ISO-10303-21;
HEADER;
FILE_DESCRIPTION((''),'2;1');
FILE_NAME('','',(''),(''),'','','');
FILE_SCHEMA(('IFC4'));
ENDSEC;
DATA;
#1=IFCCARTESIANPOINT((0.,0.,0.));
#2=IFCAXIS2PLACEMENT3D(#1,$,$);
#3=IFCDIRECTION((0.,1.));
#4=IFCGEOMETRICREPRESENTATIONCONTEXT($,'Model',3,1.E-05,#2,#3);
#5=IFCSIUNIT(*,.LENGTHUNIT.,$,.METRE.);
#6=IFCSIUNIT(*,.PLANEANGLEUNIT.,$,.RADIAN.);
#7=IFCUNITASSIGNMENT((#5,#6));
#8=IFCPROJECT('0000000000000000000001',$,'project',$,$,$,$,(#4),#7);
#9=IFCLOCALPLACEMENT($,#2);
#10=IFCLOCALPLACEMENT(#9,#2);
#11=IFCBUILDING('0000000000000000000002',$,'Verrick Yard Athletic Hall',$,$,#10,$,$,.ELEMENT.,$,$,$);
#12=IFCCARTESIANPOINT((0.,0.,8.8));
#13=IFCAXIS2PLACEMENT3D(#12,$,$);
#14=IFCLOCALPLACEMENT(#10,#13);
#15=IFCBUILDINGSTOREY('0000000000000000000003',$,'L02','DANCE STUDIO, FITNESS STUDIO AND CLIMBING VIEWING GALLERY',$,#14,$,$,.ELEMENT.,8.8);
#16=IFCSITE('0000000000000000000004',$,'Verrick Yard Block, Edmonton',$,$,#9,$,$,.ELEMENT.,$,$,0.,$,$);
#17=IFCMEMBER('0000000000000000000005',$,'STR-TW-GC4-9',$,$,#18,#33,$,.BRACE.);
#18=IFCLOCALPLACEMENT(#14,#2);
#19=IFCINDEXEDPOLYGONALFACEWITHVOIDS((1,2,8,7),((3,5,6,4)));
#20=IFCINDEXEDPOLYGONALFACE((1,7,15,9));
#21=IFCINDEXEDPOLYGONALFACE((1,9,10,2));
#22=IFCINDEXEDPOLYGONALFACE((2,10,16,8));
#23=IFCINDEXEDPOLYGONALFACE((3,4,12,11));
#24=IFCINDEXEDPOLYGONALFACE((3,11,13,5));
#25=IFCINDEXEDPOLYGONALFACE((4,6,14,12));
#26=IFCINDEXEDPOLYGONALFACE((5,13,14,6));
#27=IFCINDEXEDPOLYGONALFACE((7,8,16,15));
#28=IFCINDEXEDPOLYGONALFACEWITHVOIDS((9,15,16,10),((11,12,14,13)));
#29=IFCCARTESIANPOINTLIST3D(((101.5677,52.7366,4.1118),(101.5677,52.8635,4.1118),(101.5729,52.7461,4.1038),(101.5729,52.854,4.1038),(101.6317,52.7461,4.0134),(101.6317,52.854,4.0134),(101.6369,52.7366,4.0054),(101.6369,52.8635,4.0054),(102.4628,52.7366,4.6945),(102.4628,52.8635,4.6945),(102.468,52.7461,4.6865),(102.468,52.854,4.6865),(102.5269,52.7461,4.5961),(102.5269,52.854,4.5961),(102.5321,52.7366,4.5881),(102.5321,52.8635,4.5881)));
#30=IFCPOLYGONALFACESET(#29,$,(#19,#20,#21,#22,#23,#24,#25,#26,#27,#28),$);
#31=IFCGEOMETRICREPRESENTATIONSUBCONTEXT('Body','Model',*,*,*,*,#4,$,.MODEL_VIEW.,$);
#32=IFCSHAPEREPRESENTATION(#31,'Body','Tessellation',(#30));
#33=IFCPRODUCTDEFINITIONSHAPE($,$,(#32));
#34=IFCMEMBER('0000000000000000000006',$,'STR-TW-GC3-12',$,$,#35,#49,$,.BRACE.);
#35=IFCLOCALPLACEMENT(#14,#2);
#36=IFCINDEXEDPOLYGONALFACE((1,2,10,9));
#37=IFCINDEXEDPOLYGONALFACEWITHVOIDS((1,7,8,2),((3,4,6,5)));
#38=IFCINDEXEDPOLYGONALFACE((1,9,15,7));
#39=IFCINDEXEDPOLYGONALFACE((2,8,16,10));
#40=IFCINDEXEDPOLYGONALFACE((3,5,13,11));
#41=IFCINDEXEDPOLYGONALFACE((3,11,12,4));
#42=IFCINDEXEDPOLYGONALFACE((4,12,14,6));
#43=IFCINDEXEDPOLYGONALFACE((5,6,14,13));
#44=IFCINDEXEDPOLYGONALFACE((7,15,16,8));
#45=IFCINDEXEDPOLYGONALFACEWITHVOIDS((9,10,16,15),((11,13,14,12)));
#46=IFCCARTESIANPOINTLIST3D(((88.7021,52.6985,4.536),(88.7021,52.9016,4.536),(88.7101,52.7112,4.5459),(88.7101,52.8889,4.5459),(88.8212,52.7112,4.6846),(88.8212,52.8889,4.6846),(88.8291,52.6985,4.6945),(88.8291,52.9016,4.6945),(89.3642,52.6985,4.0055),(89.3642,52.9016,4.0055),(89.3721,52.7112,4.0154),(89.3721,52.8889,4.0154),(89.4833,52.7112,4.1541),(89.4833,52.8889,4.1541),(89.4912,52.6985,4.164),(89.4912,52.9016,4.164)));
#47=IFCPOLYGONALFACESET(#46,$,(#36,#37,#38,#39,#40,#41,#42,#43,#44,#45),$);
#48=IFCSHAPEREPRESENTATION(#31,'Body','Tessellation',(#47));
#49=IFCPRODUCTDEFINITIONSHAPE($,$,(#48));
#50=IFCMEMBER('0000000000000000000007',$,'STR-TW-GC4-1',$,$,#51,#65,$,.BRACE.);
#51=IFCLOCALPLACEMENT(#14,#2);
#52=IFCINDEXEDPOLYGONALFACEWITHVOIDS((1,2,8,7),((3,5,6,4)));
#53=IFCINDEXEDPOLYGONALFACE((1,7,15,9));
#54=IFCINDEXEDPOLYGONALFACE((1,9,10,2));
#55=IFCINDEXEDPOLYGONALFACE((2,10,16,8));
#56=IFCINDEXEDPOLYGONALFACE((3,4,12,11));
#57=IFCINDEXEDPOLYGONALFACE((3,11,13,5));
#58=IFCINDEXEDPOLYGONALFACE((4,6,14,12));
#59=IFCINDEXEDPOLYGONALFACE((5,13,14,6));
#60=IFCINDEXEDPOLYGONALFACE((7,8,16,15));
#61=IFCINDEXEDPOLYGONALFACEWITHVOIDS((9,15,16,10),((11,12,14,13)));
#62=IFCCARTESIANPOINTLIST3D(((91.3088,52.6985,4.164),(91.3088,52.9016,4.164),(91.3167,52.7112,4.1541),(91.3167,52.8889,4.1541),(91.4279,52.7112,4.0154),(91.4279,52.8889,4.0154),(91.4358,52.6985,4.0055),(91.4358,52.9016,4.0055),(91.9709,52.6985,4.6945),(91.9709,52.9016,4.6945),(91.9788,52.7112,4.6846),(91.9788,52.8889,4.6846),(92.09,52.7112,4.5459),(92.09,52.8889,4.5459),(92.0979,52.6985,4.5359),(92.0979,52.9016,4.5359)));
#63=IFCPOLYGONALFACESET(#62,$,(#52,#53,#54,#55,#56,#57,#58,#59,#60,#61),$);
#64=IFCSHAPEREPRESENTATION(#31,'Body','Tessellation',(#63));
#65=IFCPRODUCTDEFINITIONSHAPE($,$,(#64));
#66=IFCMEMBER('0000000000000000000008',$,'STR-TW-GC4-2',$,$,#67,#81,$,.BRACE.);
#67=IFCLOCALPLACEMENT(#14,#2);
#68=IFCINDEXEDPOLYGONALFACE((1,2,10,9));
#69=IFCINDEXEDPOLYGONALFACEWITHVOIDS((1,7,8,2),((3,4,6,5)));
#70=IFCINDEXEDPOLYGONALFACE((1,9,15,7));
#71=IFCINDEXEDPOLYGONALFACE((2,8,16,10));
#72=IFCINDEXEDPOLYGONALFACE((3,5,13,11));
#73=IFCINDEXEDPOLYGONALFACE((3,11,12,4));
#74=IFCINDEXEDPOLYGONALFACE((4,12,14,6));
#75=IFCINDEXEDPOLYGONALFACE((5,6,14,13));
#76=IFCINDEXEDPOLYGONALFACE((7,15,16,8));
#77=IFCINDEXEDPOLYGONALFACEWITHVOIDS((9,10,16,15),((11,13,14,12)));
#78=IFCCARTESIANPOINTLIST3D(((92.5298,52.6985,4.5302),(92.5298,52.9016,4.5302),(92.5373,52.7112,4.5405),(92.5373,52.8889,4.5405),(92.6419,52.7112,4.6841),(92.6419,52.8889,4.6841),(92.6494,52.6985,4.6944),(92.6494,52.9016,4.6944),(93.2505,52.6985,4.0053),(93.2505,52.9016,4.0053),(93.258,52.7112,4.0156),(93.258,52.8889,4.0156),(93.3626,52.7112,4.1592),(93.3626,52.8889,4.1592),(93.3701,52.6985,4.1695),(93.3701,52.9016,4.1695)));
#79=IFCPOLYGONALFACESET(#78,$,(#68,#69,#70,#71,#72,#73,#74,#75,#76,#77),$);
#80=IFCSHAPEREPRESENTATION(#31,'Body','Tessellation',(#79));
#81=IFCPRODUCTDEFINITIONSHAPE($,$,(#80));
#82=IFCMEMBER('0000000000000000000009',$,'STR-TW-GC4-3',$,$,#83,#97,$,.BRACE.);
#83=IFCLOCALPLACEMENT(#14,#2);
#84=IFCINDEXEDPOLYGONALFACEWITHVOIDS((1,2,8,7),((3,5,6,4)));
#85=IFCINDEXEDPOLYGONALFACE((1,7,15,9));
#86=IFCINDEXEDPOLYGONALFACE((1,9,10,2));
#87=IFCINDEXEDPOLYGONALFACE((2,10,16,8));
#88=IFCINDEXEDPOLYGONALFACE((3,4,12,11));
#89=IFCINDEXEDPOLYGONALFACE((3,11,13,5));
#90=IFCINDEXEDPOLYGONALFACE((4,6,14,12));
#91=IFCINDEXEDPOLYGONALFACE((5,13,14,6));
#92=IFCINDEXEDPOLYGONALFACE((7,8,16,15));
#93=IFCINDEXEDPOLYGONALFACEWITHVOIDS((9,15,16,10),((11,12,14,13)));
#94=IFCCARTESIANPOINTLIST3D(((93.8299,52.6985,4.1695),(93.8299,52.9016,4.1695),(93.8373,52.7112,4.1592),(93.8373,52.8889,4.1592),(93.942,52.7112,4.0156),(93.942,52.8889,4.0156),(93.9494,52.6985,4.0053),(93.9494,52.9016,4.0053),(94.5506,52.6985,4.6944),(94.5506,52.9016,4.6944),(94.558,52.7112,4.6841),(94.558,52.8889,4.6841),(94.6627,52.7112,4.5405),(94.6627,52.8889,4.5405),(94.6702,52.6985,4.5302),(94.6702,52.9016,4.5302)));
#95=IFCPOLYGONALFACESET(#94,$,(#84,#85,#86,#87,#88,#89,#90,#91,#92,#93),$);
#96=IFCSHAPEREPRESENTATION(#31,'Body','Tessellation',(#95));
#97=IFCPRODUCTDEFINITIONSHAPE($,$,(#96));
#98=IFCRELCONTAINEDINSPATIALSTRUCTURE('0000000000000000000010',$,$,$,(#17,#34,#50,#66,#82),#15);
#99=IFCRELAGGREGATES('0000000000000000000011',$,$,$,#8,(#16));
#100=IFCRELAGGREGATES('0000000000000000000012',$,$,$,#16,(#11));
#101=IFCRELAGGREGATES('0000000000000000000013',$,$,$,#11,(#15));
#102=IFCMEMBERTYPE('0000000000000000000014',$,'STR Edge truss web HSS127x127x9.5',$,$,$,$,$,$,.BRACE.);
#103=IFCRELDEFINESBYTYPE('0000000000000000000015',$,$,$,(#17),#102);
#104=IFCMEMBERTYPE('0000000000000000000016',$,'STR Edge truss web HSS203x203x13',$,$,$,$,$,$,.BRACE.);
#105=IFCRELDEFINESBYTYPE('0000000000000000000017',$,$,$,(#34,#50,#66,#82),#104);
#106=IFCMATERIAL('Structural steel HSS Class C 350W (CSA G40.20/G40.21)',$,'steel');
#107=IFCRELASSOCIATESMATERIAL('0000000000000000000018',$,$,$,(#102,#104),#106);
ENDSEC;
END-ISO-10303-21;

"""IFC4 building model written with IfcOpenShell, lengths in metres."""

from ifc_helpers import new_model, si_unit, direction, frame, origin, origin_2d, place, context, subcontext, project, spatial, hollow_rectangle, extrude, material, material_profile, profile_set, type_object, element, save


model = new_model("IFC4")

# Units and contexts
model_context = context("Model", 3, precision=1e-05, world=origin(), true_north=direction((0.0, 1.0)))
body_context = subcontext(model_context, "Body", "Model", "MODEL_VIEW")
ifc_project = project(units=[si_unit("LENGTHUNIT", "METRE"), si_unit("PLANEANGLEUNIT", "RADIAN")], contexts=[model_context])

# Site, building, storey
site_placement = place(None, origin())
site = spatial("IfcSite", under=ifc_project, at=site_placement, Name="Verrick Yard Block, Edmonton", CompositionType="ELEMENT", RefElevation=0.0)
building_placement = place(site_placement, origin())
building = spatial("IfcBuilding", under=site, at=building_placement, Name="Verrick Yard Athletic Hall", CompositionType="ELEMENT")
storey_placement = place(building_placement, frame((0.0, 0.0, 8.8)))
storey = spatial("IfcBuildingStorey", under=building, at=storey_placement, Name="L02", Description="DANCE STUDIO, FITNESS STUDIO AND CLIMBING VIEWING GALLERY", CompositionType="ELEMENT", Elevation=8.8)

# Members
ifc_material_1 = material(Name="Structural steel HSS Class C 350W (CSA G40.20/G40.21)", Category="steel")
ifc_material_profile_1 = material_profile(ifc_material_1, hollow_rectangle(XDim=0.127, YDim=0.127, WallThickness=0.0095, at=origin_2d()), Name="HSS127x127x9.5")
ifc_profile_set_1 = profile_set([ifc_material_profile_1], Name="Structural steel HSS Class C 350W (CSA G40.20/G40.21)")
member_type_1 = type_object("IfcMemberType", Name="STR Edge truss web HSS127x127x9.5", PredefinedType="BRACE", material=ifc_profile_set_1)
member_1_placement = place(storey_placement, frame((101.6023, 52.8, 4.0586), z_axis=(0.838083, 0.0, 0.545543), x_axis=(0.0, 1.0, 0.0)))
element("IfcMember", 1, at=member_1_placement, inside=storey, type_object=member_type_1, Name="STR-TW-GC4-9", PredefinedType="BRACE", context=body_context, shape_type="SweptSolid", body=[
    extrude(hollow_rectangle(XDim=0.127, YDim=0.127, WallThickness=0.0095, at=origin_2d()), origin(), (0.0, 0.0, 1.0), 1.0681),
])
ifc_material_profile_2 = material_profile(ifc_material_1, hollow_rectangle(XDim=0.2031, YDim=0.2031, WallThickness=0.0127, at=origin_2d()), Name="HSS203x203x13")
ifc_profile_set_2 = profile_set([ifc_material_profile_2], Name="Structural steel HSS Class C 350W (CSA G40.20/G40.21)")
member_type_2 = type_object("IfcMemberType", Name="STR Edge truss web HSS203x203x13", PredefinedType="BRACE", material=ifc_profile_set_2)
for number, where, z_axis, x_axis, name in (
    (2, (88.7656, 52.8, 4.6152), (0.780391, 0.0, -0.625291), (0.0, 1.0, 0.0), "STR-TW-GC3-12"),
    (3, (91.3723, 52.8, 4.0847), (0.780391, 0.0, 0.625291), (0.0, 1.0, 0.0), "STR-TW-GC4-1"),
):
    element("IfcMember", number, at=place(storey_placement, frame(where, z_axis=z_axis, x_axis=x_axis)), inside=storey, type_object=member_type_2, Name=name, PredefinedType="BRACE", context=body_context, shape_type="SweptSolid", body=[
        extrude(hollow_rectangle(XDim=0.2031, YDim=0.2031, WallThickness=0.0127, at=origin_2d()), origin(), (0.0, 0.0, 1.0), 0.8484),
    ])
for number, where, z_axis, x_axis, name in (
    (4, (92.5896, 52.8, 4.6123), (0.808333, 0.0, -0.588725), (0.0, 1.0, 0.0), "STR-TW-GC4-2"),
    (5, (93.8896, 52.8, 4.0874), (0.808333, 0.0, 0.588725), (0.0, 1.0, 0.0), "STR-TW-GC4-3"),
):
    element("IfcMember", number, at=place(storey_placement, frame(where, z_axis=z_axis, x_axis=x_axis)), inside=storey, type_object=member_type_2, Name=name, PredefinedType="BRACE", context=body_context, shape_type="SweptSolid", body=[
        extrude(hollow_rectangle(XDim=0.2031, YDim=0.2031, WallThickness=0.0127, at=origin_2d()), origin(), (0.0, 0.0, 1.0), 0.8916),
    ])

save(model, "model.ifc")
